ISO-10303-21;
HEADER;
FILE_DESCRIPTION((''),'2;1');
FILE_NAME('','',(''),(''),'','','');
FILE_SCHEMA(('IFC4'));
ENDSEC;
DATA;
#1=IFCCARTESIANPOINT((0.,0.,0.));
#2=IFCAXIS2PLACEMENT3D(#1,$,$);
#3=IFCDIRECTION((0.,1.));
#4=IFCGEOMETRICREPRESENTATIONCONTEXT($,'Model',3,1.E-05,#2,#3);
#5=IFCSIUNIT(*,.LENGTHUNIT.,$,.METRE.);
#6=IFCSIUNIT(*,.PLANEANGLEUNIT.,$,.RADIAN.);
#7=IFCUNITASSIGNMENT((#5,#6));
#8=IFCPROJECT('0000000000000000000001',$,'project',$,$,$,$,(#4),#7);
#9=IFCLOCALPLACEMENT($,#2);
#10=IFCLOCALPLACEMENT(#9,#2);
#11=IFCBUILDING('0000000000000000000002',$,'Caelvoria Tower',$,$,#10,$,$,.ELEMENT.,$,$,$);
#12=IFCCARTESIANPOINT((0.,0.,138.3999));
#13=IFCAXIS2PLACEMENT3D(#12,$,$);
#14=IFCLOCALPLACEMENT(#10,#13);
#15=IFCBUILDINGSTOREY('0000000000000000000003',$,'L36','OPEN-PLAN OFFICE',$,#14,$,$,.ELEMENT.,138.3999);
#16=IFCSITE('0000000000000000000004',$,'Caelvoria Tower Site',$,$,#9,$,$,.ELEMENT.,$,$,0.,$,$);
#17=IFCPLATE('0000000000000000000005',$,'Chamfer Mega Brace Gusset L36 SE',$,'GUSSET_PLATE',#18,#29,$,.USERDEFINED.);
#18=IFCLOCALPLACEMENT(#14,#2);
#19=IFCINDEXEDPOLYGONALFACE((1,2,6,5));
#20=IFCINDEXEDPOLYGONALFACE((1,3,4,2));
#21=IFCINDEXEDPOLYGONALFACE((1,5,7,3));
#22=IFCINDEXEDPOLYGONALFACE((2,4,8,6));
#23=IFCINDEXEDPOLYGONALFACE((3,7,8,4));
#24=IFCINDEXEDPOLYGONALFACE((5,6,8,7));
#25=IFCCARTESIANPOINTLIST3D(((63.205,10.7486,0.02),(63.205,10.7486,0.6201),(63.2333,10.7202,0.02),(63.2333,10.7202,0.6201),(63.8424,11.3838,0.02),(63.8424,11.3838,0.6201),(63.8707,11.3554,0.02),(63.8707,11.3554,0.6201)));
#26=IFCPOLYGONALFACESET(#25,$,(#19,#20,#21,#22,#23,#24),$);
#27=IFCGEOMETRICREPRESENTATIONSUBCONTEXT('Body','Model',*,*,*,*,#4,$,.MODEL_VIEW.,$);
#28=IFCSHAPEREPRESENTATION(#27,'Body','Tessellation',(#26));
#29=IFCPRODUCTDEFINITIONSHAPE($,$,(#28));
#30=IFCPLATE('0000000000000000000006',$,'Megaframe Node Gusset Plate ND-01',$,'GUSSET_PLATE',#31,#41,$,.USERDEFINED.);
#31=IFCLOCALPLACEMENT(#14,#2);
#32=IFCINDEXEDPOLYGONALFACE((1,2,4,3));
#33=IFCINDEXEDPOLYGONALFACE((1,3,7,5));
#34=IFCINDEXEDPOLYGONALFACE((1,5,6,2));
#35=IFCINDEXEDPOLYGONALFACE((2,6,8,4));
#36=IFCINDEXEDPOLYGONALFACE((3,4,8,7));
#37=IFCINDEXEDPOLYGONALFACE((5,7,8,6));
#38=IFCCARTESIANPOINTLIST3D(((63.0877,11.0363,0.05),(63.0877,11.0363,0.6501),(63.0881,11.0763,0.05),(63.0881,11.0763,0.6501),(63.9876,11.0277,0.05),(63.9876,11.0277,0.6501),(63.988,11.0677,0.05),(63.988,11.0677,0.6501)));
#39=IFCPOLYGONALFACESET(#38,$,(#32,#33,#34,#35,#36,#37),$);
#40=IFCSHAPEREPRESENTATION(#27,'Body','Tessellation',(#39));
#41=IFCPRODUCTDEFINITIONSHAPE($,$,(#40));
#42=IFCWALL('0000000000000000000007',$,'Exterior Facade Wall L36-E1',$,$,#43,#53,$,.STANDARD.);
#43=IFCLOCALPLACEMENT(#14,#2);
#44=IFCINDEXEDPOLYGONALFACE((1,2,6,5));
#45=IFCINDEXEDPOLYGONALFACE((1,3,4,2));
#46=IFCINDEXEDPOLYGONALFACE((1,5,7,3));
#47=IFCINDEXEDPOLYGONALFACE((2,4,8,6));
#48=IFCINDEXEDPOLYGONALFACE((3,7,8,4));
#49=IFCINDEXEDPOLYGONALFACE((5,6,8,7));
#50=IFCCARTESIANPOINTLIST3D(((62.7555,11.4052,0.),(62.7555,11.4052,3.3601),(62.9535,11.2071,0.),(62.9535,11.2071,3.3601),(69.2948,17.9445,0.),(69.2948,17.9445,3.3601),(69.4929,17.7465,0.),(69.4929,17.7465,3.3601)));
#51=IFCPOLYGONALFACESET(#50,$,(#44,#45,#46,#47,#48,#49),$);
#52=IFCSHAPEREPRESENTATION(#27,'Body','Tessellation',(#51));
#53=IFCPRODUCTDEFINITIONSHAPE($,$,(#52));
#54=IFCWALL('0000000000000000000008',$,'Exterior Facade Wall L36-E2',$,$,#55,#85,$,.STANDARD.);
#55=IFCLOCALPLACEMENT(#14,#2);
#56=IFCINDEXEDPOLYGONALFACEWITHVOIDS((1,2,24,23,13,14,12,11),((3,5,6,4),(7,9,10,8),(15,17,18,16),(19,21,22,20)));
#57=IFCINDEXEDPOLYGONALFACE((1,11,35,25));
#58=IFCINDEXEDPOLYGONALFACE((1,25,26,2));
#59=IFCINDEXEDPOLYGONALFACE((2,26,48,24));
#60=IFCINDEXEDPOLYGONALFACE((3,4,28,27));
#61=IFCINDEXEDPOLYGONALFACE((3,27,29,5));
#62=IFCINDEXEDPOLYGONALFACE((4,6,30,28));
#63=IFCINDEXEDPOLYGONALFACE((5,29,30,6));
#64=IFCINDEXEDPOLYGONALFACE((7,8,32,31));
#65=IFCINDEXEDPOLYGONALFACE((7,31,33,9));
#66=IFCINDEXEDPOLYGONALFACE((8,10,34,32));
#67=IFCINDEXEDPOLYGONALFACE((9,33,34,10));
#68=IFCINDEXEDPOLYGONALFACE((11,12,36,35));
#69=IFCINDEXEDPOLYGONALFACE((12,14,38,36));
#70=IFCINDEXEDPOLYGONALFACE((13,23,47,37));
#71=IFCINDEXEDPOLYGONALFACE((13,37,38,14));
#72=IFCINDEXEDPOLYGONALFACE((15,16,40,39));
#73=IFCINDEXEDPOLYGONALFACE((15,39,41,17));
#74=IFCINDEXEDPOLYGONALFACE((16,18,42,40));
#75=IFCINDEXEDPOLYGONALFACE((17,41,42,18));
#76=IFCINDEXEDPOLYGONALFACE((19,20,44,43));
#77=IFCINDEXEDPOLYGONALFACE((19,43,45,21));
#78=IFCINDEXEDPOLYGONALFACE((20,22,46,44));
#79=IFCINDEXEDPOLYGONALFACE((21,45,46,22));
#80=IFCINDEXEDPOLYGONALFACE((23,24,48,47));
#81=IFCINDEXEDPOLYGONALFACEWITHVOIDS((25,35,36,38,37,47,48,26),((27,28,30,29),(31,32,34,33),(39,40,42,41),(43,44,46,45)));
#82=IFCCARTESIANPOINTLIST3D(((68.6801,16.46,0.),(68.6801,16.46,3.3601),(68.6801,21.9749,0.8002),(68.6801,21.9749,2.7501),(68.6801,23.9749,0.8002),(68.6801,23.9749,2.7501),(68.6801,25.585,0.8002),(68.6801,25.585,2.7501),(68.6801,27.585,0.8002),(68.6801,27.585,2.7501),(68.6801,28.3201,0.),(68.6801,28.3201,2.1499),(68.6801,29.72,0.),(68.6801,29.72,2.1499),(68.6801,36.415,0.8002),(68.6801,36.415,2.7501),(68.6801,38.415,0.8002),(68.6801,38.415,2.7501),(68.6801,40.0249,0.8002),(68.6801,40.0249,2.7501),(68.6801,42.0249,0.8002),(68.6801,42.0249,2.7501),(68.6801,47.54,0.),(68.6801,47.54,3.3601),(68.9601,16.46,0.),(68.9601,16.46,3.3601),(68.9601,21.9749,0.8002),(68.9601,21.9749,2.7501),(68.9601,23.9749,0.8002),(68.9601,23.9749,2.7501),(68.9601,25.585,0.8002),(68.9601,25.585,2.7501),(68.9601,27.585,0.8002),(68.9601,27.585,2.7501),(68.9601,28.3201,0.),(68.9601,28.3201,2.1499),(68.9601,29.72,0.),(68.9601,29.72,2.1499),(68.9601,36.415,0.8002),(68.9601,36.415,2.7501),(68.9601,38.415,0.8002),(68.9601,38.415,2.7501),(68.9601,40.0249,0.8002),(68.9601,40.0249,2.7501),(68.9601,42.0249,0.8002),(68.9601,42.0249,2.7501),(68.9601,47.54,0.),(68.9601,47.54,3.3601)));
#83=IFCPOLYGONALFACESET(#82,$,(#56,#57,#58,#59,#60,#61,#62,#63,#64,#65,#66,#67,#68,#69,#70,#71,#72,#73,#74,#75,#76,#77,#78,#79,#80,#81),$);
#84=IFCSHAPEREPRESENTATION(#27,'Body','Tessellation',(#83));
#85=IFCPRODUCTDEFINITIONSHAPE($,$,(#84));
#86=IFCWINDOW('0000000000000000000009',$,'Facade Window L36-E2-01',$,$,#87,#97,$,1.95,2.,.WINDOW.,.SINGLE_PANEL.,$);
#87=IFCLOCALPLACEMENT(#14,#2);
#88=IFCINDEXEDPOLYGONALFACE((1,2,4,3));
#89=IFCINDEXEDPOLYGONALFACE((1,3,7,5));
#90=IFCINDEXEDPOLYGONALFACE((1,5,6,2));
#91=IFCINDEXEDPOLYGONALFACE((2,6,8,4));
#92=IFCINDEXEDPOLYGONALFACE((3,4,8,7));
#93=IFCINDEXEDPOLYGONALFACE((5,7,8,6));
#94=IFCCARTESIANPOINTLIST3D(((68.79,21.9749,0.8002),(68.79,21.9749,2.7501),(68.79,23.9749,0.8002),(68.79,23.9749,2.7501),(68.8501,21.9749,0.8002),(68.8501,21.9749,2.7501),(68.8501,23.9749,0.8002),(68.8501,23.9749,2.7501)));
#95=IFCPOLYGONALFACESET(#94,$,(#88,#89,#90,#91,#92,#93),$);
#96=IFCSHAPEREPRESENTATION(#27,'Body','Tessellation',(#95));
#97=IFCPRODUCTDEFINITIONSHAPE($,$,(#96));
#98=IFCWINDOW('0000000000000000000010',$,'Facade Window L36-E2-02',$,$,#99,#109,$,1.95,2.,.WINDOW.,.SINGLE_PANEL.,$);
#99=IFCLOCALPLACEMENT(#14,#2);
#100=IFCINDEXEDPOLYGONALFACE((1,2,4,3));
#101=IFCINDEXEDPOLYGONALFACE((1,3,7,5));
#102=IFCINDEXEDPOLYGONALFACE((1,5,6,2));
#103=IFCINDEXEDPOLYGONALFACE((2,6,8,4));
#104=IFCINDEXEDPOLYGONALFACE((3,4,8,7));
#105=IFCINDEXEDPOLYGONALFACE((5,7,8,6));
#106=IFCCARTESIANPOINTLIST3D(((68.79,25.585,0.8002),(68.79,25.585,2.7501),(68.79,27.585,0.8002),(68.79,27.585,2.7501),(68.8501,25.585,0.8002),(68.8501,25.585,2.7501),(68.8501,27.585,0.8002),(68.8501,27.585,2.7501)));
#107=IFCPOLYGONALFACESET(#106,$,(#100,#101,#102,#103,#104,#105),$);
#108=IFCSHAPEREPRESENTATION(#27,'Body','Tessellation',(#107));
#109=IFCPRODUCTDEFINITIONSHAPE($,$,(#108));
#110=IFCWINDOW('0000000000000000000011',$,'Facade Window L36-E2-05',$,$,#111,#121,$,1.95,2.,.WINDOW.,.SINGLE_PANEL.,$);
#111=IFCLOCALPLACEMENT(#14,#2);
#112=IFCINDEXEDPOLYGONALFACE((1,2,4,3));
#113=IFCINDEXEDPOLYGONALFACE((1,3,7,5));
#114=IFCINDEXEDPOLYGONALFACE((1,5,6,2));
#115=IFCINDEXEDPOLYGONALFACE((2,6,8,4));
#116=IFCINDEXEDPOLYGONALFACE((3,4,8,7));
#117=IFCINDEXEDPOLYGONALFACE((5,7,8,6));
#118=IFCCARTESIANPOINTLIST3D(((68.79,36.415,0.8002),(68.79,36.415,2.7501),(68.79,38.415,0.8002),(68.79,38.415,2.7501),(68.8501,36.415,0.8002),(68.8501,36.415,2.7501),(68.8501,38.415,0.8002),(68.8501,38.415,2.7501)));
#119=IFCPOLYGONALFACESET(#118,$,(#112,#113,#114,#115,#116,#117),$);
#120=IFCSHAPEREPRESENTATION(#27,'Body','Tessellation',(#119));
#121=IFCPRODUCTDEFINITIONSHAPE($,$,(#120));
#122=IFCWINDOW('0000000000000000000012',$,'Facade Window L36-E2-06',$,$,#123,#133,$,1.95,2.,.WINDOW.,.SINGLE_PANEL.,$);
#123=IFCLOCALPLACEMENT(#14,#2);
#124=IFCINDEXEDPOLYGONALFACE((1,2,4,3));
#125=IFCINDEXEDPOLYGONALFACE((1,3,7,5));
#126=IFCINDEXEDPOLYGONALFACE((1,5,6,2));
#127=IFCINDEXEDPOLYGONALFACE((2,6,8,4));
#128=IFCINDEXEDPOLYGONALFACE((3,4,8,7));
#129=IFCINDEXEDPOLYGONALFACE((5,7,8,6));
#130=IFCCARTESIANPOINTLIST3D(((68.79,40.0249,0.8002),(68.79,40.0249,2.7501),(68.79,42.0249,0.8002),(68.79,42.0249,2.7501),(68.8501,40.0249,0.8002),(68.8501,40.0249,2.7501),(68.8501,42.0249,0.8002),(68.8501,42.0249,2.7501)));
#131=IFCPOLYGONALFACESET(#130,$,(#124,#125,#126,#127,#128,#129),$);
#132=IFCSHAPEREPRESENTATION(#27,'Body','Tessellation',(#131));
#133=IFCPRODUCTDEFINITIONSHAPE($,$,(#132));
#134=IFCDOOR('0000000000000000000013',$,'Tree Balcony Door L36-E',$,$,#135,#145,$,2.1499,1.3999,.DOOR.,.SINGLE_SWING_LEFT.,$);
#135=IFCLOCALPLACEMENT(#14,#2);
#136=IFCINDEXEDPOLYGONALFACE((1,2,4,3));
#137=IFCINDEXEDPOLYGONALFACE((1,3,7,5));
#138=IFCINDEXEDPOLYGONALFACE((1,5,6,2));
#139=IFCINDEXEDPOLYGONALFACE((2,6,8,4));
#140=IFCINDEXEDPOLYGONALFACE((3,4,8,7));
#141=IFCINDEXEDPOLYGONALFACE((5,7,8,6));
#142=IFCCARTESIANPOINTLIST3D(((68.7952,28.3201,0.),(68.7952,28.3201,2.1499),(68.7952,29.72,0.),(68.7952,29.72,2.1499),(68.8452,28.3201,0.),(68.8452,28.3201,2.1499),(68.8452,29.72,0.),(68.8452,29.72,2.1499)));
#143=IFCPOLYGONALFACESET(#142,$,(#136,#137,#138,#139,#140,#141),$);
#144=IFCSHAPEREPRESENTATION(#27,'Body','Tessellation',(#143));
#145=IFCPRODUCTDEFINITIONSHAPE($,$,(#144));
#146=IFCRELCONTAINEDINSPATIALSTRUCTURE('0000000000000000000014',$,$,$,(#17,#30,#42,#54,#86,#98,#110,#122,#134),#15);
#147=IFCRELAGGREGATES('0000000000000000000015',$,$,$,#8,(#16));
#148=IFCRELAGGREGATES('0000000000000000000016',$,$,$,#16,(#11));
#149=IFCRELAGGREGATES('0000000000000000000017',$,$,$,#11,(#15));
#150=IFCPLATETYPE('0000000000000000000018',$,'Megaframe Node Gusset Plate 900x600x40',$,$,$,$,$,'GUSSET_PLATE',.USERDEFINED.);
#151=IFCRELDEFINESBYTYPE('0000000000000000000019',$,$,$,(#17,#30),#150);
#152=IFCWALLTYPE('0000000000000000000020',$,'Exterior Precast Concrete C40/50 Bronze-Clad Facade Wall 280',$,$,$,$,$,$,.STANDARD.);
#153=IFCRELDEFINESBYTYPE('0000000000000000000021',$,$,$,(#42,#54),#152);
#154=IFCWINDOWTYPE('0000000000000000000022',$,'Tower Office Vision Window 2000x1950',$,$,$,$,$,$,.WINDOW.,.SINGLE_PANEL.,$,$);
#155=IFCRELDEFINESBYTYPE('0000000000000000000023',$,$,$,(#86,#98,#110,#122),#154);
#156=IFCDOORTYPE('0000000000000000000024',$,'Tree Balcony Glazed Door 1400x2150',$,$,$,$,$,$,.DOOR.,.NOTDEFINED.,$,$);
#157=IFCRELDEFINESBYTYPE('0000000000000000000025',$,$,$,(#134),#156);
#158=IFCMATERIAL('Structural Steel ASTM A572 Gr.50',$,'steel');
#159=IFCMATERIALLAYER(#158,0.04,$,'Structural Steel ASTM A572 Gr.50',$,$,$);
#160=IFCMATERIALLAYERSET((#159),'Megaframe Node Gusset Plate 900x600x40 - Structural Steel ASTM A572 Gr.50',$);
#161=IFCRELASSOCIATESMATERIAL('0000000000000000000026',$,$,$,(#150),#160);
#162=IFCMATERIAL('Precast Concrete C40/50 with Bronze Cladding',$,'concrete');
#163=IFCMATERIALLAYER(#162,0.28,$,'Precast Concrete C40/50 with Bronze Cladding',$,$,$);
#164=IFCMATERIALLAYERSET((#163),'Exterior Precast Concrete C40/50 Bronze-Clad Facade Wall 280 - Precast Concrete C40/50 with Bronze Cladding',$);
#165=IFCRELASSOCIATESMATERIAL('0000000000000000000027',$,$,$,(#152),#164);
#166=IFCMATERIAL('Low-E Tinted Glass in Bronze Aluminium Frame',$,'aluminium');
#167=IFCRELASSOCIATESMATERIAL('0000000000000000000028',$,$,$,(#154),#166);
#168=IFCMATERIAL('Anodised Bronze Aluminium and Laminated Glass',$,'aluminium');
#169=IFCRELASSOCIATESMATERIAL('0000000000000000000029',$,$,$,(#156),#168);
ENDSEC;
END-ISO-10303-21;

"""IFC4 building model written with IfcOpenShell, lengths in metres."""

from ifc_helpers import new_model, si_unit, direction, frame, frame_2d, origin, origin_2d, place, context, subcontext, project, spatial, rectangle, extrude, material, layer, layer_set, type_object, element, fill, save


model = new_model("IFC4")

# Units and contexts
model_context = context("Model", 3, precision=1e-05, world=origin(), true_north=direction((0.0, 1.0)))
body_context = subcontext(model_context, "Body", "Model", "MODEL_VIEW")
ifc_project = project(units=[si_unit("LENGTHUNIT", "METRE"), si_unit("PLANEANGLEUNIT", "RADIAN")], contexts=[model_context])

# Site, building, storey
site_placement = place(None, origin())
site = spatial("IfcSite", under=ifc_project, at=site_placement, Name="Caelvoria Tower Site", CompositionType="ELEMENT", RefElevation=0.0)
building_placement = place(site_placement, origin())
building = spatial("IfcBuilding", under=site, at=building_placement, Name="Caelvoria Tower", CompositionType="ELEMENT")
storey_placement = place(building_placement, frame((0.0, 0.0, 138.3999)))
storey = spatial("IfcBuildingStorey", under=building, at=storey_placement, Name="L36", Description="OPEN-PLAN OFFICE", CompositionType="ELEMENT", Elevation=138.3999)

# Shared definitions
ifc_material_1 = material(Name="Structural Steel ASTM A572 Gr.50", Category="steel")

# Plates
ifc_layer_1 = layer(ifc_material_1, 0.04, Name="Structural Steel ASTM A572 Gr.50")
ifc_layer_set_1 = layer_set([ifc_layer_1], Name="Megaframe Node Gusset Plate 900x600x40 - Structural Steel ASTM A572 Gr.50")
plate_type = type_object("IfcPlateType", Name="Megaframe Node Gusset Plate 900x600x40", ElementType="GUSSET_PLATE", PredefinedType="USERDEFINED", material=ifc_layer_set_1)
for number, where, z_axis, x_axis, name in (
    (1, (63.5378, 11.052, 0.02), (0.0, 0.0, 1.0), (0.708329, 0.705883, 0.0), "Chamfer Mega Brace Gusset L36 SE"),
    (2, (63.5378, 11.052, 0.05), (0.0, 0.0, 1.0), (-0.999954, 0.009573, 0.0), "Megaframe Node Gusset Plate ND-01"),
):
    element("IfcPlate", number, at=place(storey_placement, frame(where, z_axis=z_axis, x_axis=x_axis)), inside=storey, type_object=plate_type, Name=name, ObjectType="GUSSET_PLATE", PredefinedType="USERDEFINED", context=body_context, shape_type="SweptSolid", body=[
        extrude(rectangle(XDim=0.8999, YDim=0.04, at=origin_2d()), origin(), (0.0, 0.0, 1.0), 0.6001),
    ])

# Wall
ifc_material_2 = material(Name="Precast Concrete C40/50 with Bronze Cladding", Category="concrete")
ifc_layer_2 = layer(ifc_material_2, 0.28, Name="Precast Concrete C40/50 with Bronze Cladding")
ifc_layer_set_2 = layer_set([ifc_layer_2], Name="Exterior Precast Concrete C40/50 Bronze-Clad Facade Wall 280 - Precast Concrete C40/50 with Bronze Cladding")
wall_type_1 = type_object("IfcWallType", Name="Exterior Precast Concrete C40/50 Bronze-Clad Facade Wall 280", PredefinedType="STANDARD", material=ifc_layer_set_2)
wall_1_placement = place(storey_placement, frame((62.8545, 11.3062, 0.0), z_axis=(0.0, 0.0, 1.0), x_axis=(0.707107, 0.707107, 0.0)))
element("IfcWall", 3, at=wall_1_placement, inside=storey, type_object=wall_type_1, Name="Exterior Facade Wall L36-E1", PredefinedType="STANDARD", context=body_context, shape_type="SweptSolid", body=[
    extrude(rectangle(XDim=9.248, YDim=0.28, at=frame_2d((4.624, 0.0))), origin(), (0.0, 0.0, 1.0), 3.3601),
])

# Wall, openings, windows, door
wall_2_placement = place(storey_placement, frame((68.8201, 16.46, 0.0), z_axis=(0.0, 0.0, 1.0), x_axis=(0.0, 1.0, 0.0)))
wall_2 = element("IfcWall", 4, at=wall_2_placement, inside=storey, type_object=wall_type_1, Name="Exterior Facade Wall L36-E2", PredefinedType="STANDARD", context=body_context, shape_type="SweptSolid", body=[
    extrude(rectangle(XDim=31.0801, YDim=0.28, at=frame_2d((15.54, 0.0))), origin(), (0.0, 0.0, 1.0), 3.3601),
])
opening_1_placement = place(wall_2_placement, frame((11.8601, 0.0, 0.0)))
opening_1 = element("IfcOpeningElement", 5, at=opening_1_placement, cuts=wall_2, PredefinedType="OPENING", context=body_context, shape_type="SweptSolid", body=[
    extrude(rectangle(XDim=1.3999, YDim=2.1499, at=frame_2d((0.7, 1.075))), frame((0.0, 0.1499, 0.0), z_axis=(0.0, -1.0, 0.0), x_axis=(1.0, 0.0, 0.0)), (0.0, 0.0, 1.0), 0.3),
])
opening_2_placement = place(wall_2_placement, frame((5.5149, 0.0, 0.8)))
opening_2 = element("IfcOpeningElement", 6, at=opening_2_placement, cuts=wall_2, PredefinedType="OPENING", context=body_context, shape_type="SweptSolid", body=[
    extrude(rectangle(XDim=2.0, YDim=1.95, at=frame_2d((1.0, 0.9751))), frame((0.0, 0.1499, 0.0), z_axis=(0.0, -1.0, 0.0), x_axis=(1.0, 0.0, 0.0)), (0.0, 0.0, 1.0), 0.3),
])
opening_3_placement = place(wall_2_placement, frame((9.125, 0.0, 0.8)))
opening_3 = element("IfcOpeningElement", 7, at=opening_3_placement, cuts=wall_2, PredefinedType="OPENING", context=body_context, shape_type="SweptSolid", body=[
    extrude(rectangle(XDim=2.0, YDim=1.95, at=frame_2d((1.0, 0.9751))), frame((0.0, 0.1499, 0.0), z_axis=(0.0, -1.0, 0.0), x_axis=(1.0, 0.0, 0.0)), (0.0, 0.0, 1.0), 0.3),
])
opening_4_placement = place(wall_2_placement, frame((19.9551, 0.0, 0.8)))
opening_4 = element("IfcOpeningElement", 8, at=opening_4_placement, cuts=wall_2, PredefinedType="OPENING", context=body_context, shape_type="SweptSolid", body=[
    extrude(rectangle(XDim=2.0, YDim=1.95, at=frame_2d((1.0, 0.9751))), frame((0.0, 0.1499, 0.0), z_axis=(0.0, -1.0, 0.0), x_axis=(1.0, 0.0, 0.0)), (0.0, 0.0, 1.0), 0.3),
])
opening_5_placement = place(wall_2_placement, frame((23.5649, 0.0, 0.8)))
opening_5 = element("IfcOpeningElement", 9, at=opening_5_placement, cuts=wall_2, PredefinedType="OPENING", context=body_context, shape_type="SweptSolid", body=[
    extrude(rectangle(XDim=2.0, YDim=1.95, at=frame_2d((1.0, 0.9751))), frame((0.0, 0.1499, 0.0), z_axis=(0.0, -1.0, 0.0), x_axis=(1.0, 0.0, 0.0)), (0.0, 0.0, 1.0), 0.3),
])
ifc_material_3 = material(Name="Low-E Tinted Glass in Bronze Aluminium Frame", Category="aluminium")
window_type = type_object("IfcWindowType", Name="Tower Office Vision Window 2000x1950", PartitioningType="SINGLE_PANEL", PredefinedType="WINDOW", material=ifc_material_3)
window_1_placement = place(opening_2_placement, origin())
window_1 = element("IfcWindow", 10, at=window_1_placement, inside=storey, type_object=window_type, Name="Facade Window L36-E2-01", OverallHeight=1.95, OverallWidth=2.0, PartitioningType="SINGLE_PANEL", PredefinedType="WINDOW", context=body_context, shape_type="SweptSolid", body=[
    extrude(rectangle(XDim=2.0, YDim=1.95, at=frame_2d((1.0, 0.9751))), frame((0.0, 0.03, 0.0), z_axis=(0.0, -1.0, 0.0), x_axis=(1.0, 0.0, 0.0)), (0.0, 0.0, 1.0), 0.0601),
])
fill(opening_2, window_1)
window_2_placement = place(opening_3_placement, origin())
window_2 = element("IfcWindow", 11, at=window_2_placement, inside=storey, type_object=window_type, Name="Facade Window L36-E2-02", OverallHeight=1.95, OverallWidth=2.0, PartitioningType="SINGLE_PANEL", PredefinedType="WINDOW", context=body_context, shape_type="SweptSolid", body=[
    extrude(rectangle(XDim=2.0, YDim=1.95, at=frame_2d((1.0, 0.9751))), frame((0.0, 0.03, 0.0), z_axis=(0.0, -1.0, 0.0), x_axis=(1.0, 0.0, 0.0)), (0.0, 0.0, 1.0), 0.0601),
])
fill(opening_3, window_2)
window_3_placement = place(opening_4_placement, origin())
window_3 = element("IfcWindow", 12, at=window_3_placement, inside=storey, type_object=window_type, Name="Facade Window L36-E2-05", OverallHeight=1.95, OverallWidth=2.0, PartitioningType="SINGLE_PANEL", PredefinedType="WINDOW", context=body_context, shape_type="SweptSolid", body=[
    extrude(rectangle(XDim=2.0, YDim=1.95, at=frame_2d((1.0, 0.9751))), frame((0.0, 0.03, 0.0), z_axis=(0.0, -1.0, 0.0), x_axis=(1.0, 0.0, 0.0)), (0.0, 0.0, 1.0), 0.0601),
])
fill(opening_4, window_3)
window_4_placement = place(opening_5_placement, origin())
window_4 = element("IfcWindow", 13, at=window_4_placement, inside=storey, type_object=window_type, Name="Facade Window L36-E2-06", OverallHeight=1.95, OverallWidth=2.0, PartitioningType="SINGLE_PANEL", PredefinedType="WINDOW", context=body_context, shape_type="SweptSolid", body=[
    extrude(rectangle(XDim=2.0, YDim=1.95, at=frame_2d((1.0, 0.9751))), frame((0.0, 0.03, 0.0), z_axis=(0.0, -1.0, 0.0), x_axis=(1.0, 0.0, 0.0)), (0.0, 0.0, 1.0), 0.0601),
])
fill(opening_5, window_4)
ifc_material_4 = material(Name="Anodised Bronze Aluminium and Laminated Glass", Category="aluminium")
door_type_1 = type_object("IfcDoorType", Name="Tree Balcony Glazed Door 1400x2150", OperationType="NOTDEFINED", PredefinedType="DOOR", material=ifc_material_4)
door_1_placement = place(opening_1_placement, origin())
door_1 = element("IfcDoor", 14, at=door_1_placement, inside=storey, type_object=door_type_1, Name="Tree Balcony Door L36-E", OperationType="SINGLE_SWING_LEFT", OverallHeight=2.1499, OverallWidth=1.3999, PredefinedType="DOOR", context=body_context, shape_type="SweptSolid", body=[
    extrude(rectangle(XDim=1.3999, YDim=2.1499, at=frame_2d((0.7, 1.075))), frame((0.0, 0.0249, 0.0), z_axis=(0.0, -1.0, 0.0), x_axis=(1.0, 0.0, 0.0)), (0.0, 0.0, 1.0), 0.05),
])
fill(opening_1, door_1)

save(model, "model.ifc")
